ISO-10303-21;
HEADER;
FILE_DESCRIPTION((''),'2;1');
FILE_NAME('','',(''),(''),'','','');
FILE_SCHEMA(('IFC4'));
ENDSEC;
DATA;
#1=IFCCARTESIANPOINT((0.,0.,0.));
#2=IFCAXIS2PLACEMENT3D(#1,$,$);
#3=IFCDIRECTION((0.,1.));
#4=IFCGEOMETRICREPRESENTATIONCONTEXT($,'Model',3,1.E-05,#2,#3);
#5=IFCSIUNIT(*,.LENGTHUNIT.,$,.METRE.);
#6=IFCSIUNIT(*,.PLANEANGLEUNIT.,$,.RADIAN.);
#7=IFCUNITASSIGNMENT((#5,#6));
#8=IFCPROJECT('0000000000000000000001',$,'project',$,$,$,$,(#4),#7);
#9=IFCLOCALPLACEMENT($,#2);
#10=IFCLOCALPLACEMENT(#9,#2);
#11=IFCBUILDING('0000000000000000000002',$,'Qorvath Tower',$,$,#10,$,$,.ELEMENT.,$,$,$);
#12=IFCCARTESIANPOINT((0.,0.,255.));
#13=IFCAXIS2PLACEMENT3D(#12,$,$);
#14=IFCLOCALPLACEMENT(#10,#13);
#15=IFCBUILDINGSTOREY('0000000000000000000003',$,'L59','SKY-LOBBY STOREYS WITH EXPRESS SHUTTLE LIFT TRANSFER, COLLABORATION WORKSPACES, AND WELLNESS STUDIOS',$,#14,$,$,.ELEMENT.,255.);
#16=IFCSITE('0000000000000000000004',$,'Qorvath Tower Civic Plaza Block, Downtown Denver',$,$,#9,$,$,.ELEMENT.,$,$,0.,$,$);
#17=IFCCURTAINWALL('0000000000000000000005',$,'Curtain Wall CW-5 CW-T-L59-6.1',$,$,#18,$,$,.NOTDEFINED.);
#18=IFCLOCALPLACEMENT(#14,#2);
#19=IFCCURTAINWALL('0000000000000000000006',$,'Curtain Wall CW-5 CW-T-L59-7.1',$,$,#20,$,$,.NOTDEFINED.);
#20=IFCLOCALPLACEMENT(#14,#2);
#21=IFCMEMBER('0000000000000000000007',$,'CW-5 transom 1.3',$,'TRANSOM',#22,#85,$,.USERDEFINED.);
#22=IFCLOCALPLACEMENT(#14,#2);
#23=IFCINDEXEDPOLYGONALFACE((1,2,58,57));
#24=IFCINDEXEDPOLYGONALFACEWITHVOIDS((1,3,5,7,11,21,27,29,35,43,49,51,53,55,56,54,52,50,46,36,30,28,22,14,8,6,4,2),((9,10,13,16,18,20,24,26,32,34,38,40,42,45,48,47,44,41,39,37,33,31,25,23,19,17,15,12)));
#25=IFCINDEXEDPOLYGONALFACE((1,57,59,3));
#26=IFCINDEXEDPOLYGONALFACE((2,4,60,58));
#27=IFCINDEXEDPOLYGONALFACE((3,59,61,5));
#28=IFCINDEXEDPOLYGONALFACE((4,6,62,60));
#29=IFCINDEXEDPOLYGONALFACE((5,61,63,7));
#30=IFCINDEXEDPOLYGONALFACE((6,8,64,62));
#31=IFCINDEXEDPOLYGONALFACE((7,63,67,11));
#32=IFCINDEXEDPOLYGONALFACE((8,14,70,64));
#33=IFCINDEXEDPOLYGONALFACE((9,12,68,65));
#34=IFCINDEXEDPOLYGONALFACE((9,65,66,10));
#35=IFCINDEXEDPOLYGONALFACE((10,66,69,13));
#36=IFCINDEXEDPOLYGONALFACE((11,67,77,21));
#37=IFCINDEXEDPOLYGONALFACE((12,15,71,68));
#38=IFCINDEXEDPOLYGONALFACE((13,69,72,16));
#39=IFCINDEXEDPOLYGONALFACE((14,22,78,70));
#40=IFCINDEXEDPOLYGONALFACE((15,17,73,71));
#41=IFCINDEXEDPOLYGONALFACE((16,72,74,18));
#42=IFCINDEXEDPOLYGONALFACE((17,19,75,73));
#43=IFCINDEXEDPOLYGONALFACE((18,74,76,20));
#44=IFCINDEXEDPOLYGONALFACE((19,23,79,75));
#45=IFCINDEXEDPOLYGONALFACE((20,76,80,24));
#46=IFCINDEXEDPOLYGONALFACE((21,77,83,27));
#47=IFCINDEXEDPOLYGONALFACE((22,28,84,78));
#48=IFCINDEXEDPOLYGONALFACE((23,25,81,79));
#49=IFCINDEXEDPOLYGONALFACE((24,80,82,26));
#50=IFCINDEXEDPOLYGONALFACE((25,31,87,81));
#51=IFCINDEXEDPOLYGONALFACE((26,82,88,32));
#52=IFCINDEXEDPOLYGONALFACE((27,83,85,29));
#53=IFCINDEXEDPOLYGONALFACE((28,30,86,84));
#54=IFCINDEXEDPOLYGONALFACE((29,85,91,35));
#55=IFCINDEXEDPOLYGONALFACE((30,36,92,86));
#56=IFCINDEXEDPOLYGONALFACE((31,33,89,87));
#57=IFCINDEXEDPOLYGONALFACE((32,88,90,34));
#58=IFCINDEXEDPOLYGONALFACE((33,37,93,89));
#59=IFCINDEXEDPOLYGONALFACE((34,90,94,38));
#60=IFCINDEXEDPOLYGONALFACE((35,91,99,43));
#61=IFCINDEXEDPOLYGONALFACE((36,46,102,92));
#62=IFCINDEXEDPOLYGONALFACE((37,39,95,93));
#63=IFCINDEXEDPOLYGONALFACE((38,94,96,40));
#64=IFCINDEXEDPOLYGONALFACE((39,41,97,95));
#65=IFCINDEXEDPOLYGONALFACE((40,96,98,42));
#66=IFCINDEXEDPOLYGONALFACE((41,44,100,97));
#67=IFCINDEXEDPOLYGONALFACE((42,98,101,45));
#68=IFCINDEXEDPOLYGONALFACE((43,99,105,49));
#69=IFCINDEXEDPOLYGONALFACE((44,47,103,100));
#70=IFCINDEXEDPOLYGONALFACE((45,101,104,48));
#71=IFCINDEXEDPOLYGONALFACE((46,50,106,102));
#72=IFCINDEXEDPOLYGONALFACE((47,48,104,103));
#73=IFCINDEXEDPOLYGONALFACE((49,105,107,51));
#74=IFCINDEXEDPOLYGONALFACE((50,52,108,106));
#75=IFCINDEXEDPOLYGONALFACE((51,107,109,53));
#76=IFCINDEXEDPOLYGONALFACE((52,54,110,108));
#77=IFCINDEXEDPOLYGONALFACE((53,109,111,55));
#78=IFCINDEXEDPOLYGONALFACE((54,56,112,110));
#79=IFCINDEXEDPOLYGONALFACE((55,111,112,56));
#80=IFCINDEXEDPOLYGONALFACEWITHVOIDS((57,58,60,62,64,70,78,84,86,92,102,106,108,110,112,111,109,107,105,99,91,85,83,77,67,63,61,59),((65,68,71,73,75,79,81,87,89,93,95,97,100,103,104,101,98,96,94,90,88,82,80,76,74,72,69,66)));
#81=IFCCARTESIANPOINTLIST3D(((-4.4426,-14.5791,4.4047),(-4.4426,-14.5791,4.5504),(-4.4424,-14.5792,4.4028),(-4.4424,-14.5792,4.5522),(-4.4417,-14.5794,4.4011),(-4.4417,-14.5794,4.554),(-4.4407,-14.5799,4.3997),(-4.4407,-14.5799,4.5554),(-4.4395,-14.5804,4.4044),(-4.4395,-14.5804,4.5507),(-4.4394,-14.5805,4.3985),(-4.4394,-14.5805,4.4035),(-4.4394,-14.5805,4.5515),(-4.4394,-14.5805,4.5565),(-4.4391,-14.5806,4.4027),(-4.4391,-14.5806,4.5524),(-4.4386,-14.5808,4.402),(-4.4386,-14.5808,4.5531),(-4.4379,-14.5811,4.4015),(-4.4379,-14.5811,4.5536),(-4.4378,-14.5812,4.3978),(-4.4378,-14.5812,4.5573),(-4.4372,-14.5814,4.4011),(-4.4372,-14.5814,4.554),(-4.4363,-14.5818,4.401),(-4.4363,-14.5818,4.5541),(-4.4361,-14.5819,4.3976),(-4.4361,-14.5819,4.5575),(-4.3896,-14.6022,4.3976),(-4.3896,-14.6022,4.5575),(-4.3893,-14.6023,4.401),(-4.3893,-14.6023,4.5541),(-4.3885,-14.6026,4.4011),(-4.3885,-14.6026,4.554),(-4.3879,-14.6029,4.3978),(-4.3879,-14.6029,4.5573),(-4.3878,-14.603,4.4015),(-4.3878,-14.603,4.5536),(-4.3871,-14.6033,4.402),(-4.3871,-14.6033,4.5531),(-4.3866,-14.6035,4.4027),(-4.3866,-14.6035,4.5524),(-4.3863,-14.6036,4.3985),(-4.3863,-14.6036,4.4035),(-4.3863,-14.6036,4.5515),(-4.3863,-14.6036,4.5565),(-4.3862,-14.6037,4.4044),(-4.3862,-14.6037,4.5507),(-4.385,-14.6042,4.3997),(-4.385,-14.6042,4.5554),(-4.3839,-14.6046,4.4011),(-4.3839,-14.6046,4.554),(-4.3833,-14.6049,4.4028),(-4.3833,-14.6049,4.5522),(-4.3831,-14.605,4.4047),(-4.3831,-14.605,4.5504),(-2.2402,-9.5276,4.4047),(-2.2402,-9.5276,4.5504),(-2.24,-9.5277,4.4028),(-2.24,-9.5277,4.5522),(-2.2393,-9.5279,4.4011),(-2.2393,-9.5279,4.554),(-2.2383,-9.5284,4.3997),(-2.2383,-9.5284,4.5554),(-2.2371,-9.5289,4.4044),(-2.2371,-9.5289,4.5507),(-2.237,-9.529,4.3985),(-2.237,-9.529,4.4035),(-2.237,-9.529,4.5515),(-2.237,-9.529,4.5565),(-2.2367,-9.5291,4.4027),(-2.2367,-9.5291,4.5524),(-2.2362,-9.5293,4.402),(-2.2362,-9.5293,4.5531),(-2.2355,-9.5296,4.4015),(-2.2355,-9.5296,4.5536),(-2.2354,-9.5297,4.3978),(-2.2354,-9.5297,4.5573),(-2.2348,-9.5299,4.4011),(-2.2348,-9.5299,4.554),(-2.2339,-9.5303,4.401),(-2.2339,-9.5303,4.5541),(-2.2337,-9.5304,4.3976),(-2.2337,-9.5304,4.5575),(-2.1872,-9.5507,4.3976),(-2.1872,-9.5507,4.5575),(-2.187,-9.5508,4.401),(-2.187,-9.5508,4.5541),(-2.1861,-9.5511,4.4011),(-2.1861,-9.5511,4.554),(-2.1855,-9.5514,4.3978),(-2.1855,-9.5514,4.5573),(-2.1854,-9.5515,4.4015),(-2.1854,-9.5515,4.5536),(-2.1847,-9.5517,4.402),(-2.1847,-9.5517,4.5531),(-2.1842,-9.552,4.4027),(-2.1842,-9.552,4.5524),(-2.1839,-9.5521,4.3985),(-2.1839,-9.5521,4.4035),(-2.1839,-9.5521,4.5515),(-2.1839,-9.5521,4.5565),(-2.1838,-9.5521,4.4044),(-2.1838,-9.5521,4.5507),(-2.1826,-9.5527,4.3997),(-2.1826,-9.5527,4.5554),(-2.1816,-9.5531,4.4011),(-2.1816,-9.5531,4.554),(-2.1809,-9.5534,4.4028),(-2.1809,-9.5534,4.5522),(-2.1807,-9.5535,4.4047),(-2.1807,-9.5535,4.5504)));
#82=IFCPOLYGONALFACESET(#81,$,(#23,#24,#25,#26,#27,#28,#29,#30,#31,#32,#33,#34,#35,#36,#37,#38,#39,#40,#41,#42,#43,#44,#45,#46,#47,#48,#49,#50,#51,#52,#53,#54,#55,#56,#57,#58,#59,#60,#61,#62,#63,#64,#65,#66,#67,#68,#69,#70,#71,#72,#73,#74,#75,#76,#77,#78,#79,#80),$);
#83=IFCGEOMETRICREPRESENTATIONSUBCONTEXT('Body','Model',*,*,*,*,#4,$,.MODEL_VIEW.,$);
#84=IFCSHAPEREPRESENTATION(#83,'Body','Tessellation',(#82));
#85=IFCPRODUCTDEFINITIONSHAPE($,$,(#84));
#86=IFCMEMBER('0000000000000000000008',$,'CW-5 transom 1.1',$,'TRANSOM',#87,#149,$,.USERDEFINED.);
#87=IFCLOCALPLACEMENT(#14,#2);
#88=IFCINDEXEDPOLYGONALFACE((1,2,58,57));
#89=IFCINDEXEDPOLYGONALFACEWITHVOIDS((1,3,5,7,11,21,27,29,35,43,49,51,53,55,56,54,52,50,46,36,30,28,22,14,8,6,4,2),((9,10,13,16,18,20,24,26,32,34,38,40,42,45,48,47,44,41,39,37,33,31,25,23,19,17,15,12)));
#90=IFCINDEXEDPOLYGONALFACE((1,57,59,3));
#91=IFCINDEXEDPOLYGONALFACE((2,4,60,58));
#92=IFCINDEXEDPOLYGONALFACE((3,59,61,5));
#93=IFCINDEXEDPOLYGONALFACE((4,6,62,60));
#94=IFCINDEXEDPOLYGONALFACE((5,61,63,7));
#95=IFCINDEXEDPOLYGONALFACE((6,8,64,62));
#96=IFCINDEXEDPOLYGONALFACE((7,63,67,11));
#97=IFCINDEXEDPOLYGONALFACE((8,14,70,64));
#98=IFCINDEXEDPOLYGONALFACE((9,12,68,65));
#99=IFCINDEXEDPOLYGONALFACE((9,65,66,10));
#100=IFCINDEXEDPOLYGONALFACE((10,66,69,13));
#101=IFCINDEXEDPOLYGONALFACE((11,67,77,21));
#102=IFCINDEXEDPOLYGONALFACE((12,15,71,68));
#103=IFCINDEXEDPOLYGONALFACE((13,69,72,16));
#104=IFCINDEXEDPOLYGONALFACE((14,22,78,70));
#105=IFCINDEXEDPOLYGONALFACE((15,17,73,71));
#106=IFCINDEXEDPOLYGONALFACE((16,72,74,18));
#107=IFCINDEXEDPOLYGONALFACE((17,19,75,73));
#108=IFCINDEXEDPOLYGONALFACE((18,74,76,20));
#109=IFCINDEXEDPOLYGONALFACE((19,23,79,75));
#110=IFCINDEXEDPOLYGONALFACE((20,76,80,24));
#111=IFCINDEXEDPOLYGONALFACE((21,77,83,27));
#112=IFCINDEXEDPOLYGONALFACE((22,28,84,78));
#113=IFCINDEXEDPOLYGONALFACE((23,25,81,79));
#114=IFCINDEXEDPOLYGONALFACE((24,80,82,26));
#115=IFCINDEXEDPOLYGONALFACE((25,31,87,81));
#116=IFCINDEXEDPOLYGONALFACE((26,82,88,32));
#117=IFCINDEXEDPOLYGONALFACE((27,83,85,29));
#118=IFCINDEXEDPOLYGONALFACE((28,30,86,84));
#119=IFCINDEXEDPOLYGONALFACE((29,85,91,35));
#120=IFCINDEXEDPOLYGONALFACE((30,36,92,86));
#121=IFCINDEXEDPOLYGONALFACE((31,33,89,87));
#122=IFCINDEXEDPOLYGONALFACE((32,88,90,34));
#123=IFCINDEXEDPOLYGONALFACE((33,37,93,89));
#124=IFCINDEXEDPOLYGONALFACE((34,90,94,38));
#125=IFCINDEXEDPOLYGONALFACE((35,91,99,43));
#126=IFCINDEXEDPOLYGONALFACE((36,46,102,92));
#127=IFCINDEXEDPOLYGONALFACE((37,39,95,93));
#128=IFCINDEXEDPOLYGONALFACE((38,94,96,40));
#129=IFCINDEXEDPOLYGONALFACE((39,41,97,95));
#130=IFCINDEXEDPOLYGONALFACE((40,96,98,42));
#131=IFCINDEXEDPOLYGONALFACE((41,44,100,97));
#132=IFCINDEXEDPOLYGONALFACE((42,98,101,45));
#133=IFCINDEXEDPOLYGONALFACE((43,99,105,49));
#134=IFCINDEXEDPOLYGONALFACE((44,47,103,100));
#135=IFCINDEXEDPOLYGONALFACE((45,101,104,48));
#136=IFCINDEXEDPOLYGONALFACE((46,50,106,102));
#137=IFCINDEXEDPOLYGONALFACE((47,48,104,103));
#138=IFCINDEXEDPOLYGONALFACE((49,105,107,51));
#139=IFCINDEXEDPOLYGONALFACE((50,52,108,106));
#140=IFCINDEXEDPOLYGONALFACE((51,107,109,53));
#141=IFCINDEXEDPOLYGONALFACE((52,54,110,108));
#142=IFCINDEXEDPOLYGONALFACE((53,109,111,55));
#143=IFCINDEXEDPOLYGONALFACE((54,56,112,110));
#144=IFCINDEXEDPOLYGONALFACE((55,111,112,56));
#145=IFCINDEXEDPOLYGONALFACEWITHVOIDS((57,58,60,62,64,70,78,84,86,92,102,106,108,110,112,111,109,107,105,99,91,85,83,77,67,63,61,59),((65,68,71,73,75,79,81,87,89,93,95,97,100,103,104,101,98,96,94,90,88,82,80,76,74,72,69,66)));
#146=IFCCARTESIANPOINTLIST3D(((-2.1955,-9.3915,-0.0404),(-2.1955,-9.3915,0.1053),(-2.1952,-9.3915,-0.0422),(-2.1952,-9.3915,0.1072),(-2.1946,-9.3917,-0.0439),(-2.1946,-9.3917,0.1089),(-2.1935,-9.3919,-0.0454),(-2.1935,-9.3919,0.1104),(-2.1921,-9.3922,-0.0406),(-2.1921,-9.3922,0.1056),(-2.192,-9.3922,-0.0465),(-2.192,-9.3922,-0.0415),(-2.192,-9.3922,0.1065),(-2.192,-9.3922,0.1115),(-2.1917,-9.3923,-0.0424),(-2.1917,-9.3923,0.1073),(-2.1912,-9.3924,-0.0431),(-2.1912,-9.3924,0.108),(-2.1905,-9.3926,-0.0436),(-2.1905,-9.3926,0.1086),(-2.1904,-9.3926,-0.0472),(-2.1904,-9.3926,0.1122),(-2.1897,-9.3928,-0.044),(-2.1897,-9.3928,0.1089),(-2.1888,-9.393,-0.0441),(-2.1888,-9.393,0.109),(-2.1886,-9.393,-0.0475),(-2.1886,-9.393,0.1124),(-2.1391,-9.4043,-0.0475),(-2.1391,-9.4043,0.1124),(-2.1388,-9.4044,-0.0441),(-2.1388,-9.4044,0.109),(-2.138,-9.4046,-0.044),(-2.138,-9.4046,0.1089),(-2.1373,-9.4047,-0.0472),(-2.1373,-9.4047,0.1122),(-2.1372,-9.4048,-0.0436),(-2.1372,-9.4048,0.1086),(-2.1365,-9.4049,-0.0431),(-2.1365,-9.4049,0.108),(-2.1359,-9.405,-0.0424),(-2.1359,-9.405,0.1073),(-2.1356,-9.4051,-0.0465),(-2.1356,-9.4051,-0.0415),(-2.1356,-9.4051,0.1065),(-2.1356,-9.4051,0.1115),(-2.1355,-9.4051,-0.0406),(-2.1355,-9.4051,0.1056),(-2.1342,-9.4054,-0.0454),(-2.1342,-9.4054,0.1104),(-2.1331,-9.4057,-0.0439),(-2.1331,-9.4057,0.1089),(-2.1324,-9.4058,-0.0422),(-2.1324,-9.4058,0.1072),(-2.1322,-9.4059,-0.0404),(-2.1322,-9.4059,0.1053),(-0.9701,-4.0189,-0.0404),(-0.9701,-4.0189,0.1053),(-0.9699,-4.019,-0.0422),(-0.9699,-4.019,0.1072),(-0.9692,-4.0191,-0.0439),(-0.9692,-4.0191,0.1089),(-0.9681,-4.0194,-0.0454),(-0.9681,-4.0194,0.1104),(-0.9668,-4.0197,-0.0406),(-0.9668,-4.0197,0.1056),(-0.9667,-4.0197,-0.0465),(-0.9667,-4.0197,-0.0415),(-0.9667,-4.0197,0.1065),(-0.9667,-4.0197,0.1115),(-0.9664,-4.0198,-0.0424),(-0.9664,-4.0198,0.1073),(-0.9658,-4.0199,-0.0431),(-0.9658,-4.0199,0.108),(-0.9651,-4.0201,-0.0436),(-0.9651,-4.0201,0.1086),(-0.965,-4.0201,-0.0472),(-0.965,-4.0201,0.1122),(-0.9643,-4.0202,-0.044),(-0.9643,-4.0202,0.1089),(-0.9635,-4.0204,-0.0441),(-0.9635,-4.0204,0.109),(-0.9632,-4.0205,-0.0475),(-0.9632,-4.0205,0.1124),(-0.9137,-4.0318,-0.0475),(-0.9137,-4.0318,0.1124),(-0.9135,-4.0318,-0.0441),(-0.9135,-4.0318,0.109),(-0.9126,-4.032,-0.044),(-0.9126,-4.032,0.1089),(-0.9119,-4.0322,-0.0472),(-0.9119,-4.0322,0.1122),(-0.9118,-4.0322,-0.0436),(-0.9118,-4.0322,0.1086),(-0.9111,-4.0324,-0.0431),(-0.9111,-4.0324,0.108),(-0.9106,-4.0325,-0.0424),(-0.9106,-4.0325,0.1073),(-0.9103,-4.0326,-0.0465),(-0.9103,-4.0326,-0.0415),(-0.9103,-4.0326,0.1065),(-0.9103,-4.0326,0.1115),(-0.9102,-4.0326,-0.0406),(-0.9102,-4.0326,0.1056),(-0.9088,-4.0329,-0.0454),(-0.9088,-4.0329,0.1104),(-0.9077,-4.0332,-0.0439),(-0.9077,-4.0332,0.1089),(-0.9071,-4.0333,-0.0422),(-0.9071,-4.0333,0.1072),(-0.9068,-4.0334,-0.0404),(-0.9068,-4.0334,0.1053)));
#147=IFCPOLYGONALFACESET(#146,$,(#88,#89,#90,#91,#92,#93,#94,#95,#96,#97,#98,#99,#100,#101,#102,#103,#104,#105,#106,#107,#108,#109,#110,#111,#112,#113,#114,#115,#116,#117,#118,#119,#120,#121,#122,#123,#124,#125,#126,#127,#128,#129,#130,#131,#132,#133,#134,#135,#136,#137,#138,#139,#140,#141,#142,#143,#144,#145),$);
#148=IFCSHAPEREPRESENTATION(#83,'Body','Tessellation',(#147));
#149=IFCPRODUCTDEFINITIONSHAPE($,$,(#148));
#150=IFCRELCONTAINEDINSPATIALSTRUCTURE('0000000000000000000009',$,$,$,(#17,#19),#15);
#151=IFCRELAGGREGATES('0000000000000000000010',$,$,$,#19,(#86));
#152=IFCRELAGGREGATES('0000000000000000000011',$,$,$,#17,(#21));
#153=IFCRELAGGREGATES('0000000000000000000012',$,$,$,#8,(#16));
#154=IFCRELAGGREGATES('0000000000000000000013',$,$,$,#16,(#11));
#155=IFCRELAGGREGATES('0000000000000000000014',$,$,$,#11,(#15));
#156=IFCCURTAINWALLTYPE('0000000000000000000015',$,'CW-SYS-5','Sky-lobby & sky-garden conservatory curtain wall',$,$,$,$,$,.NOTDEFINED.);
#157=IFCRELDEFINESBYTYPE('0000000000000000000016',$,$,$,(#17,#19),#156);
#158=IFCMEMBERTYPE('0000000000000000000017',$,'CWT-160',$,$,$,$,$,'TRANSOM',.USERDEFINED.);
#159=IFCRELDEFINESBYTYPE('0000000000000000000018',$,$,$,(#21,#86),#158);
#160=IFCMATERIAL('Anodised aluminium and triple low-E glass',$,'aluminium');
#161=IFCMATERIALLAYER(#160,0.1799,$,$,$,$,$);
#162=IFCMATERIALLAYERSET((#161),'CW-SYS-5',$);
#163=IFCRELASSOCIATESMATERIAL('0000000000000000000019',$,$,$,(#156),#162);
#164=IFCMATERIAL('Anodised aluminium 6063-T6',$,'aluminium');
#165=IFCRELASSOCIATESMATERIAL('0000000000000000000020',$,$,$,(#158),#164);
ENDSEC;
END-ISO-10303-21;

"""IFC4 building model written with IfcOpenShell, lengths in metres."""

from ifc_helpers import new_model, si_unit, direction, frame, origin, origin_2d, place, context, subcontext, project, spatial, hollow_rectangle, extrude, material, layer, layer_set, material_profile, profile_set, type_object, element, aggregate, save


model = new_model("IFC4")

# Units and contexts
model_context = context("Model", 3, precision=1e-05, world=origin(), true_north=direction((0.0, 1.0)))
body_context = subcontext(model_context, "Body", "Model", "MODEL_VIEW")
ifc_project = project(units=[si_unit("LENGTHUNIT", "METRE"), si_unit("PLANEANGLEUNIT", "RADIAN")], contexts=[model_context])

# Site, building, storey
site_placement = place(None, origin())
site = spatial("IfcSite", under=ifc_project, at=site_placement, Name="Qorvath Tower Civic Plaza Block, Downtown Denver", CompositionType="ELEMENT", RefElevation=0.0)
building_placement = place(site_placement, origin())
building = spatial("IfcBuilding", under=site, at=building_placement, Name="Qorvath Tower", CompositionType="ELEMENT")
storey_placement = place(building_placement, frame((0.0, 0.0, 255.0)))
storey = spatial("IfcBuildingStorey", under=building, at=storey_placement, Name="L59", Description="SKY-LOBBY STOREYS WITH EXPRESS SHUTTLE LIFT TRANSFER, COLLABORATION WORKSPACES, AND WELLNESS STUDIOS", CompositionType="ELEMENT", Elevation=255.0)

# Shared definitions
ifc_material_1 = material(Name="Anodised aluminium and triple low-E glass", Category="aluminium")
ifc_layer_1 = layer(ifc_material_1, 0.1799)
ifc_layer_set_1 = layer_set([ifc_layer_1], Name="CW-SYS-5")
curtain_wall_type = type_object("IfcCurtainWallType", Name="CW-SYS-5", Description="Sky-lobby & sky-garden conservatory curtain wall", PredefinedType="NOTDEFINED", material=ifc_layer_set_1)

# Curtain wall
curtain_wall_1_placement = place(storey_placement, origin())
curtain_wall_1 = element("IfcCurtainWall", 1, at=curtain_wall_1_placement, inside=storey, type_object=curtain_wall_type, Name="Curtain Wall CW-5 CW-T-L59-6.1", PredefinedType="NOTDEFINED")

# Curtain wall
curtain_wall_2_placement = place(storey_placement, origin())
curtain_wall_2 = element("IfcCurtainWall", 2, at=curtain_wall_2_placement, inside=storey, type_object=curtain_wall_type, Name="Curtain Wall CW-5 CW-T-L59-7.1", PredefinedType="NOTDEFINED")

# Members
ifc_material_2 = material(Name="Anodised aluminium 6063-T6", Category="aluminium")
ifc_material_profile_1 = material_profile(ifc_material_2, hollow_rectangle(XDim=0.0649, YDim=0.1599, WallThickness=0.0034, InnerFilletRadius=0.0034, OuterFilletRadius=0.0071, at=origin_2d()), Name="CWT 160x65")
ifc_profile_set_1 = profile_set([ifc_material_profile_1], Name="Anodised aluminium 6063-T6")
member_type_1 = type_object("IfcMemberType", Name="CWT-160", ElementType="TRANSOM", PredefinedType="USERDEFINED", material=ifc_profile_set_1)
member_1_placement = place(storey_placement, frame((-4.4128, -14.592, 4.4775), z_axis=(0.399654, 0.916666, 0.0), x_axis=(-0.916666, 0.399654, 0.0)))
member_1 = element("IfcMember", 3, at=member_1_placement, type_object=member_type_1, Name="CW-5 transom 1.3", ObjectType="TRANSOM", PredefinedType="USERDEFINED", context=body_context, shape_type="SweptSolid", body=[
    extrude(hollow_rectangle(XDim=0.0649, YDim=0.1599, WallThickness=0.0034, InnerFilletRadius=0.0034, OuterFilletRadius=0.0071, at=origin_2d()), origin(), (0.0, 0.0, 1.0), 5.5107),
])
member_2_placement = place(storey_placement, frame((-2.1638, -9.3987, 0.0325), z_axis=(0.222364, 0.974964, 0.0), x_axis=(-0.974964, 0.222364, 0.0)))
member_2 = element("IfcMember", 4, at=member_2_placement, type_object=member_type_1, Name="CW-5 transom 1.1", ObjectType="TRANSOM", PredefinedType="USERDEFINED", context=body_context, shape_type="SweptSolid", body=[
    extrude(hollow_rectangle(XDim=0.0649, YDim=0.1599, WallThickness=0.0034, InnerFilletRadius=0.0034, OuterFilletRadius=0.0071, at=origin_2d()), origin(), (0.0, 0.0, 1.0), 5.5105),
])
aggregate(curtain_wall_2, [member_2])

aggregate(curtain_wall_1, [member_1])

save(model, "model.ifc")
